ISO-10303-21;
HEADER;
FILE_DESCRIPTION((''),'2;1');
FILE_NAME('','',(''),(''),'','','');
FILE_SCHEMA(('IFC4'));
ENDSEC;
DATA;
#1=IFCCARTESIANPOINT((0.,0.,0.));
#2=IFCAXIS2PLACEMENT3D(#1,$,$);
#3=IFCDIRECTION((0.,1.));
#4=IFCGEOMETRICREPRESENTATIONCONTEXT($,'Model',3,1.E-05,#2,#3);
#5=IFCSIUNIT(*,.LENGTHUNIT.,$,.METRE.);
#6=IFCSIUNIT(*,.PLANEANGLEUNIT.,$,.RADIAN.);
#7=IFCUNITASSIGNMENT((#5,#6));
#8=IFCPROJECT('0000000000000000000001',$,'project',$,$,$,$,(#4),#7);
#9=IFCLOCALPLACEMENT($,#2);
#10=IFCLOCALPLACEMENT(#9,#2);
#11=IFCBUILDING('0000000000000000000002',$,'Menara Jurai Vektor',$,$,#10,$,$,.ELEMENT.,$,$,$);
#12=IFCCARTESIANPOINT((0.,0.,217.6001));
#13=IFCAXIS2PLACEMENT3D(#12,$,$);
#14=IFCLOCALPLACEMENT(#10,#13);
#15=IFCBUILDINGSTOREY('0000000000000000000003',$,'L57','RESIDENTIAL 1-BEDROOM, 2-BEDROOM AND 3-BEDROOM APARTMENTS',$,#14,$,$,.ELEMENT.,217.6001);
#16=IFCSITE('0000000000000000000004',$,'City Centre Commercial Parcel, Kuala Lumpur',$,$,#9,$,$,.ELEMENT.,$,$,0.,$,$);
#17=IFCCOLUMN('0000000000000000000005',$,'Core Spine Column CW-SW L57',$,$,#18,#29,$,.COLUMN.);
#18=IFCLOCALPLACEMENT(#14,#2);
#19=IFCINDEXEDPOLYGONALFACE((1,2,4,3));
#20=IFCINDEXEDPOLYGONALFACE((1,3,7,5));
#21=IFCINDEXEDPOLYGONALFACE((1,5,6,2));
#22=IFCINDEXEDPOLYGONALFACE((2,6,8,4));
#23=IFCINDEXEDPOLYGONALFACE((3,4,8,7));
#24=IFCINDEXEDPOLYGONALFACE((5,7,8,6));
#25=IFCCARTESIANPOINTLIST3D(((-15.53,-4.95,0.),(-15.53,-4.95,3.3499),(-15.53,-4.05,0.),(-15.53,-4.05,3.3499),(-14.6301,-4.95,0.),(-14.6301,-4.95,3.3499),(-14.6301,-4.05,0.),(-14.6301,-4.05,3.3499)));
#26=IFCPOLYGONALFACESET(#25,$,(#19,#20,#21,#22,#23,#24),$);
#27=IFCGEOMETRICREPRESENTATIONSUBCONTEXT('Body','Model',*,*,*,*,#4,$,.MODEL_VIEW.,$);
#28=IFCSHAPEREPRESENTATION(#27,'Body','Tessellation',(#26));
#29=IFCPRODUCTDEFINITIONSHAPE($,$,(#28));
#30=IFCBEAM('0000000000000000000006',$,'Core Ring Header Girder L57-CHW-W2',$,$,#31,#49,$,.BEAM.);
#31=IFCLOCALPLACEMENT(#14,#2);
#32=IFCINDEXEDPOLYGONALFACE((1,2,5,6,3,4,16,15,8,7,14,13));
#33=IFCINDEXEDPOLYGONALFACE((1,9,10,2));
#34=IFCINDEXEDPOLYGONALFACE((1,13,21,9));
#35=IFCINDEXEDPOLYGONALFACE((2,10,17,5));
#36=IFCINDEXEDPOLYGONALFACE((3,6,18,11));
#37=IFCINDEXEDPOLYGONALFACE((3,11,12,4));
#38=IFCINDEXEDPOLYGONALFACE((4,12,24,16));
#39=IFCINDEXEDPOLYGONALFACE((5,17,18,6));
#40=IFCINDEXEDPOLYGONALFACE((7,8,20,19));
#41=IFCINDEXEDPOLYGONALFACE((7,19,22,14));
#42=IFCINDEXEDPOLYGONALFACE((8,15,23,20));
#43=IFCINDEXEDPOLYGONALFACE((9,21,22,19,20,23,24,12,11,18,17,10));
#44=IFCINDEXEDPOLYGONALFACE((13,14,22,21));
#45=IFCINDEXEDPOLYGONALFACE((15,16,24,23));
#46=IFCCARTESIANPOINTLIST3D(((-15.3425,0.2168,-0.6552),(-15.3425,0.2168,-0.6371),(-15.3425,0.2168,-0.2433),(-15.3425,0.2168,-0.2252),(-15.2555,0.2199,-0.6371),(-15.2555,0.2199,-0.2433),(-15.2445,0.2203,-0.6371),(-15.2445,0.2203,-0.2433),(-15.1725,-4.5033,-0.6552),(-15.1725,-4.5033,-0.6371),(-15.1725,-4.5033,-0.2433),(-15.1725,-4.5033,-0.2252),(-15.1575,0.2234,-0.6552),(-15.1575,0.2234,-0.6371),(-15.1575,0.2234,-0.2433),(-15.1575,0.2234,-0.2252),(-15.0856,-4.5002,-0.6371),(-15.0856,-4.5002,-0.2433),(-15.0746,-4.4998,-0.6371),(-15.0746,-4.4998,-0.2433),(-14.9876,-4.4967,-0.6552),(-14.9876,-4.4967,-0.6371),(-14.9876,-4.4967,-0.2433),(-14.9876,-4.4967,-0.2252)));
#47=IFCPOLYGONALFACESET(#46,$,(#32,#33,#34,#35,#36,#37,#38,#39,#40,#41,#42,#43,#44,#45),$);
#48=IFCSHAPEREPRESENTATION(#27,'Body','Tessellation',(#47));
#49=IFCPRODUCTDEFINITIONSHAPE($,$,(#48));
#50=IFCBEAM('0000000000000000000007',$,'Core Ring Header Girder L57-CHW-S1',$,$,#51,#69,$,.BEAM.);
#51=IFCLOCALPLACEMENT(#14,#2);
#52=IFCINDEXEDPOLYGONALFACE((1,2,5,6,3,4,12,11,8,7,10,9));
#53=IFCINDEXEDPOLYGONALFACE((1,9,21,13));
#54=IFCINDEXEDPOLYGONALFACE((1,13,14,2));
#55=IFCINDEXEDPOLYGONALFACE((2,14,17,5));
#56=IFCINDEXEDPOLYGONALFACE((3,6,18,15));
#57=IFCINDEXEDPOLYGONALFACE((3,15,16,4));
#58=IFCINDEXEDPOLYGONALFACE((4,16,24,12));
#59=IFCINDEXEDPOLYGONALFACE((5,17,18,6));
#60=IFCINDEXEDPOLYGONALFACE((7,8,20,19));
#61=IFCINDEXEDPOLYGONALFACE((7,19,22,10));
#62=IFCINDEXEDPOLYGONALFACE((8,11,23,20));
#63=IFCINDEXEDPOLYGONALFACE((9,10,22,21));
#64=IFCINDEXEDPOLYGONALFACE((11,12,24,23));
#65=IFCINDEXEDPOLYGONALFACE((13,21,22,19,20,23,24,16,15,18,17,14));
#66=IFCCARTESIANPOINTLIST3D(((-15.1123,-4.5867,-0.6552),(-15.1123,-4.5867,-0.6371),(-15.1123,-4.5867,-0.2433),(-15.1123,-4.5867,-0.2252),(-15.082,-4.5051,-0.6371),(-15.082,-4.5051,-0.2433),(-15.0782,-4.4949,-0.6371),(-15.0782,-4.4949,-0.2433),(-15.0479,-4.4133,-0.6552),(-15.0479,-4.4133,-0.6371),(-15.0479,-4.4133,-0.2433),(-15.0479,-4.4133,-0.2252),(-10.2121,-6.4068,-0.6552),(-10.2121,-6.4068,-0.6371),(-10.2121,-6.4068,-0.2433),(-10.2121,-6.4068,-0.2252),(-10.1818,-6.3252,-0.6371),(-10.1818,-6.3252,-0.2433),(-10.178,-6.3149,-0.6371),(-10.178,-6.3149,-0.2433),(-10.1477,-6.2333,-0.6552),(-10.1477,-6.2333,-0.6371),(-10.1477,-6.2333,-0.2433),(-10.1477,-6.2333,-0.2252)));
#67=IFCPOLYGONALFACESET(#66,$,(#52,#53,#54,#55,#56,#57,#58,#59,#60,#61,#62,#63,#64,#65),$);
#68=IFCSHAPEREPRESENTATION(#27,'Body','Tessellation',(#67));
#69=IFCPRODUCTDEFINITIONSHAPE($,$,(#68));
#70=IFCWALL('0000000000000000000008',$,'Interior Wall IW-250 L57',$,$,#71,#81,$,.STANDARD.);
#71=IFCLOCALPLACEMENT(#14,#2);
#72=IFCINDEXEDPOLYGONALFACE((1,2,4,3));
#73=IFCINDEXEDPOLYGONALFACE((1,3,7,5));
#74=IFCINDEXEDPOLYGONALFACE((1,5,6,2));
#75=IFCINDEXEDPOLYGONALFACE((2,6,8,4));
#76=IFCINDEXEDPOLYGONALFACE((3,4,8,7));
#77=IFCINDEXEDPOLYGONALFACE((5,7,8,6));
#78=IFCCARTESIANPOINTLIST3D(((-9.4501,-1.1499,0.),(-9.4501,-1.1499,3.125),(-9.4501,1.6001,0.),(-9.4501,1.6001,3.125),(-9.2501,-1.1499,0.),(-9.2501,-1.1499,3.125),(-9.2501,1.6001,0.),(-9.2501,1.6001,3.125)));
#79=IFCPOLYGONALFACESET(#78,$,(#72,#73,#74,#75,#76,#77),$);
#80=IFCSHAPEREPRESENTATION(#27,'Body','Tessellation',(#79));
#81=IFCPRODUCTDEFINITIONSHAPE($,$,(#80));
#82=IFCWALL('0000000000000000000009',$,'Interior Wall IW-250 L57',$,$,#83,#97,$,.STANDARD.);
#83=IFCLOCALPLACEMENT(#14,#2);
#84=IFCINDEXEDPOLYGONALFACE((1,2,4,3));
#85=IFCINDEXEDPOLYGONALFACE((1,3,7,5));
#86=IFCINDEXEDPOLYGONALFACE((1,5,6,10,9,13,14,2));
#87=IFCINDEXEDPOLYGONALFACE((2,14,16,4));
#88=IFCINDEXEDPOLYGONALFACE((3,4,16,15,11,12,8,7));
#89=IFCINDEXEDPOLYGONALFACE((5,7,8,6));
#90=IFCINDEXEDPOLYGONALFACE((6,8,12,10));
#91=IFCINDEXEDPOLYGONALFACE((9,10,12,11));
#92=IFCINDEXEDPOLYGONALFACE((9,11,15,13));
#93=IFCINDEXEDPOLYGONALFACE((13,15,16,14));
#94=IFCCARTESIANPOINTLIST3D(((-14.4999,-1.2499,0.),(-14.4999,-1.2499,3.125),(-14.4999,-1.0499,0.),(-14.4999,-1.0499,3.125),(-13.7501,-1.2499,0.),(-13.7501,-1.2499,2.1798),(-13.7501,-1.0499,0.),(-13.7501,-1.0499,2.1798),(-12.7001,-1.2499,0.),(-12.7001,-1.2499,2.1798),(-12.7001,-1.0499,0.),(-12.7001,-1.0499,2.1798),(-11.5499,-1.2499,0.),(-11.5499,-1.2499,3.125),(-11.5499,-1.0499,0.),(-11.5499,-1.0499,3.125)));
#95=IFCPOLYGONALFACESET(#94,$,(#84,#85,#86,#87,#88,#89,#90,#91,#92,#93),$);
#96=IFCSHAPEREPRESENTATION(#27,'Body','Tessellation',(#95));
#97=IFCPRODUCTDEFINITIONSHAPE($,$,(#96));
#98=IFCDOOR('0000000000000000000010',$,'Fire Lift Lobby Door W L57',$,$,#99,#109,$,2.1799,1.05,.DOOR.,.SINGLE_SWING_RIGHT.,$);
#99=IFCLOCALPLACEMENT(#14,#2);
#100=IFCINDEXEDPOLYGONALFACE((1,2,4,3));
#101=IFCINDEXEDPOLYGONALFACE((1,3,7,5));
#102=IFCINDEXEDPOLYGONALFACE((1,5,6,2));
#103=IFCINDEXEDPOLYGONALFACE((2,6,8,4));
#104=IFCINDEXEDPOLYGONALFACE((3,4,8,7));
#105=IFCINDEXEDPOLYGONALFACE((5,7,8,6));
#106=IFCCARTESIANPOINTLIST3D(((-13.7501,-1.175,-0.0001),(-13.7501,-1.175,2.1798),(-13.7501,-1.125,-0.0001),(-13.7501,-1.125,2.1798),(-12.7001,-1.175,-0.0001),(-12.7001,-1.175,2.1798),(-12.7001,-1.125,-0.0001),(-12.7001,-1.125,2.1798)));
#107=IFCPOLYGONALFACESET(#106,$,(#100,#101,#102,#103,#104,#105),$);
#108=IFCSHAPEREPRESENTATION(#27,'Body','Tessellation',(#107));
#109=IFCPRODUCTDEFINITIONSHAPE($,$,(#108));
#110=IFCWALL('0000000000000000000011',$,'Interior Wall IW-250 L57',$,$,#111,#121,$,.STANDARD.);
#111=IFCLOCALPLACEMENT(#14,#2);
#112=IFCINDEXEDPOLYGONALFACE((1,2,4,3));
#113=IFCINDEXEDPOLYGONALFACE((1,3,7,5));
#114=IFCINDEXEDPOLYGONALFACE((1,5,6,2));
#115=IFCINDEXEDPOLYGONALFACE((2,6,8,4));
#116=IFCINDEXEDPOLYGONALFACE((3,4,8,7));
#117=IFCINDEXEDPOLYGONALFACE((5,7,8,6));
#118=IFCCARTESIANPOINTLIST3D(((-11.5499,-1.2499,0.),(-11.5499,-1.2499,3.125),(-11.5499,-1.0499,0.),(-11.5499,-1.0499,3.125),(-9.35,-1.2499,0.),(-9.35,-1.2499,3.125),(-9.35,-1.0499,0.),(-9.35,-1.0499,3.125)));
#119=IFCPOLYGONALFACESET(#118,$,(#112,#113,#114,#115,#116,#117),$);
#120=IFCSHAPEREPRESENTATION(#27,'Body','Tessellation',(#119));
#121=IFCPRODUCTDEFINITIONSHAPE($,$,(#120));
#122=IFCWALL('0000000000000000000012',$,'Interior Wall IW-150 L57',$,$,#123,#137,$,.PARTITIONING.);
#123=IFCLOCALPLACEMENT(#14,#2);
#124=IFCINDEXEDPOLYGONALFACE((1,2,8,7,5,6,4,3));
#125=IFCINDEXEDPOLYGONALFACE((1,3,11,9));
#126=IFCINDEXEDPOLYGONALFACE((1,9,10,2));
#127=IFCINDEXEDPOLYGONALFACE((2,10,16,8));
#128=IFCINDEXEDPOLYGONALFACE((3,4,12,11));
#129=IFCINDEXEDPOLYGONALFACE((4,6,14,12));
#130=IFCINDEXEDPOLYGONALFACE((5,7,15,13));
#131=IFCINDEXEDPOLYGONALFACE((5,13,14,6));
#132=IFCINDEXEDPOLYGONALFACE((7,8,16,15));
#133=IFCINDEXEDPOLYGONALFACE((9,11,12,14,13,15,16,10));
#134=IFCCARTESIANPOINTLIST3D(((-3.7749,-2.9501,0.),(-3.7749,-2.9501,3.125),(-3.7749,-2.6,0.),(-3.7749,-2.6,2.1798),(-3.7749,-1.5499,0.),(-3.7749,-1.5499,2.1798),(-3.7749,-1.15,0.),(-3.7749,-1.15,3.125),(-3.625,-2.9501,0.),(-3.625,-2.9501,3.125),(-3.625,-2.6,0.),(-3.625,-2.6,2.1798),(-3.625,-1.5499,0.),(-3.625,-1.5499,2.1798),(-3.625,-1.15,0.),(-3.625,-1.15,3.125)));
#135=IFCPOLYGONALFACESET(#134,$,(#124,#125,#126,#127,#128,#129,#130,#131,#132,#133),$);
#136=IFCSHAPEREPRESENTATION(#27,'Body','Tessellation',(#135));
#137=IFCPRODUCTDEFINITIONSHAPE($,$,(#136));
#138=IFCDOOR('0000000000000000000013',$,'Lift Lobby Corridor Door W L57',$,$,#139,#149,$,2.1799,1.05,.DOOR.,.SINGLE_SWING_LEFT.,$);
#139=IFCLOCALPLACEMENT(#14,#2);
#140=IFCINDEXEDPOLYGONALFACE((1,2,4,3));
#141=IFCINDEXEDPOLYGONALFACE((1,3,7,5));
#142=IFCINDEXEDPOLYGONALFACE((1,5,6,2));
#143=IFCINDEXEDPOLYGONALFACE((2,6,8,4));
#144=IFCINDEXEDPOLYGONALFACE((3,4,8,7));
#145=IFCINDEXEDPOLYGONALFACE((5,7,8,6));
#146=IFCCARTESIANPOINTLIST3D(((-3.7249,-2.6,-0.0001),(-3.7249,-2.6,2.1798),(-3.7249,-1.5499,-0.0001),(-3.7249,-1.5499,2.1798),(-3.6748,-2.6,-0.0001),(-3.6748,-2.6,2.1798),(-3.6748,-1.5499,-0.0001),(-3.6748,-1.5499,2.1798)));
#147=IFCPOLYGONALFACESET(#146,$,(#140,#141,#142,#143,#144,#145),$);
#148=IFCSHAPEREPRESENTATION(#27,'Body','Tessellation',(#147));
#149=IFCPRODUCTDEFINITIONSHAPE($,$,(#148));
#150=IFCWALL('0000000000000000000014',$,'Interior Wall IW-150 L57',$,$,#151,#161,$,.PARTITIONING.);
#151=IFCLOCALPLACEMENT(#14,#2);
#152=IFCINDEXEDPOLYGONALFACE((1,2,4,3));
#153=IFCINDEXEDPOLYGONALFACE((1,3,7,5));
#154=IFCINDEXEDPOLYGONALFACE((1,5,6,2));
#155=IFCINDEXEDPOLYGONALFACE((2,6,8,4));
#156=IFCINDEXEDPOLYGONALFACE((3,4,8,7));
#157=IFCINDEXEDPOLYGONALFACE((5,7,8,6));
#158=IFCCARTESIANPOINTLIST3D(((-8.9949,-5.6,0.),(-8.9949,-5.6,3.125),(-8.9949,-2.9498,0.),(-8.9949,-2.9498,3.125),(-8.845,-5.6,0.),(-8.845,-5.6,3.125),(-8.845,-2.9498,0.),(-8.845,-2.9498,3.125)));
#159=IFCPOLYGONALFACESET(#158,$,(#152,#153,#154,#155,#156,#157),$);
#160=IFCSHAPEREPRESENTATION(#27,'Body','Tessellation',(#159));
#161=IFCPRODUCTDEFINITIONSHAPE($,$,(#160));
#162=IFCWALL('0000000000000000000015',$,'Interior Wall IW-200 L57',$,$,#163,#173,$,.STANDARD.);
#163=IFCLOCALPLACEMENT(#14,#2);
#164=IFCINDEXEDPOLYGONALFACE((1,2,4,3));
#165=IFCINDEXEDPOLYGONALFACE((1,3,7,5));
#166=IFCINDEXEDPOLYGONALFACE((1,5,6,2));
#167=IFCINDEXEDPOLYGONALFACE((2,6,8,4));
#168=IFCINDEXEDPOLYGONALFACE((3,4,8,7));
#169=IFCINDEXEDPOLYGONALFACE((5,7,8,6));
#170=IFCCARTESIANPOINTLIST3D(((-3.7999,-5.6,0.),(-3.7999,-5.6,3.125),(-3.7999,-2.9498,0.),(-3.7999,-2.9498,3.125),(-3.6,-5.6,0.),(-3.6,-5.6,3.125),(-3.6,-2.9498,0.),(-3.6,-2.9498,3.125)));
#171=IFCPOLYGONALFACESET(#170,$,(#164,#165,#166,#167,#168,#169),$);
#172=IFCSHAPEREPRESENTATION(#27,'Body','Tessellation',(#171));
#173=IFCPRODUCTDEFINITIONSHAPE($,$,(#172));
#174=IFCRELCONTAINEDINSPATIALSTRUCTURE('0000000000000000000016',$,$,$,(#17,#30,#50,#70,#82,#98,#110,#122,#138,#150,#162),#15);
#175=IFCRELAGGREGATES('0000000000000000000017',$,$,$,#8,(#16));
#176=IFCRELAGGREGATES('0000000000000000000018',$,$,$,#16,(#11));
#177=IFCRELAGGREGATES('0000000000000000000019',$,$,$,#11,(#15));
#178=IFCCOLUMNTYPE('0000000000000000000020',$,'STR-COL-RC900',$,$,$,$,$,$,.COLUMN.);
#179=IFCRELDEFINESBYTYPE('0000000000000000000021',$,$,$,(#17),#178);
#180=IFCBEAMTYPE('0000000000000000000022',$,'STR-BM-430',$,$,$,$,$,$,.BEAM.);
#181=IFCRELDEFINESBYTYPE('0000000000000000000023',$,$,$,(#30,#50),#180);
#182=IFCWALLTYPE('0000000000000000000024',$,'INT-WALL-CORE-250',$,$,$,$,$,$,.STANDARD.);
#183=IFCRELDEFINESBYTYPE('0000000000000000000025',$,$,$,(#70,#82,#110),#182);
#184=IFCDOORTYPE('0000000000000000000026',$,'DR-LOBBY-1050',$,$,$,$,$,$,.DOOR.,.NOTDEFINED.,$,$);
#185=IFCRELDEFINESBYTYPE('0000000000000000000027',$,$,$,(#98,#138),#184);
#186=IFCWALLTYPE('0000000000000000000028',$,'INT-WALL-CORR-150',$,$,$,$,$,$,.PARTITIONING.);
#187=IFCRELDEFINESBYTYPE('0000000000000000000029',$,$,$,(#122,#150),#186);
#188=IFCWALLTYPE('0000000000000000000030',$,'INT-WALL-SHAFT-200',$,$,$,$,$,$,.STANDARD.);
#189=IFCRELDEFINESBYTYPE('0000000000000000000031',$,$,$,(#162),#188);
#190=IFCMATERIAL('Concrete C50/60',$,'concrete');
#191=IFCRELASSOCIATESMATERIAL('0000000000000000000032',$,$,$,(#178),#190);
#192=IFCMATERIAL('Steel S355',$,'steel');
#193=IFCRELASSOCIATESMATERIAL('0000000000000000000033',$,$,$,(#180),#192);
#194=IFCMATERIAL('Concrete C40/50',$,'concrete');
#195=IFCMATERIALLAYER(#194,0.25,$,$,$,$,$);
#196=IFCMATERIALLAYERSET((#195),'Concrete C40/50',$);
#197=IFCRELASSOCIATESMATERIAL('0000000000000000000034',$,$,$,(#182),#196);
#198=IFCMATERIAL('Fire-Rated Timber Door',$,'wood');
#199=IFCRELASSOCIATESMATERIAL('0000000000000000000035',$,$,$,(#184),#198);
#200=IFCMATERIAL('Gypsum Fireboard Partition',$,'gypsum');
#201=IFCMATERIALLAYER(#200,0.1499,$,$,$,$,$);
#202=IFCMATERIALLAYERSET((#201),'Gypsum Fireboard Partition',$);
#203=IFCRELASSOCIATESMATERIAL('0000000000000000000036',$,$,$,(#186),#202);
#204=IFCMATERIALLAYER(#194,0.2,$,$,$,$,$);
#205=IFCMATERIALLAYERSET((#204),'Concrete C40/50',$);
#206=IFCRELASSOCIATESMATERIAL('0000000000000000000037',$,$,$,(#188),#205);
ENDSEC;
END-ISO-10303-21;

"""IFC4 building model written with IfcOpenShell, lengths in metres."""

from ifc_helpers import new_model, si_unit, direction, frame, frame_2d, origin, origin_2d, place, context, subcontext, project, spatial, rectangle, i_section, extrude, material, layer, layer_set, material_profile, profile_set, type_object, element, fill, save


model = new_model("IFC4")

# Units and contexts
model_context = context("Model", 3, precision=1e-05, world=origin(), true_north=direction((0.0, 1.0)))
body_context = subcontext(model_context, "Body", "Model", "MODEL_VIEW")
ifc_project = project(units=[si_unit("LENGTHUNIT", "METRE"), si_unit("PLANEANGLEUNIT", "RADIAN")], contexts=[model_context])

# Site, building, storey
site_placement = place(None, origin())
site = spatial("IfcSite", under=ifc_project, at=site_placement, Name="City Centre Commercial Parcel, Kuala Lumpur", CompositionType="ELEMENT", RefElevation=0.0)
building_placement = place(site_placement, origin())
building = spatial("IfcBuilding", under=site, at=building_placement, Name="Menara Jurai Vektor", CompositionType="ELEMENT")
storey_placement = place(building_placement, frame((0.0, 0.0, 217.6001)))
storey = spatial("IfcBuildingStorey", under=building, at=storey_placement, Name="L57", Description="RESIDENTIAL 1-BEDROOM, 2-BEDROOM AND 3-BEDROOM APARTMENTS", CompositionType="ELEMENT", Elevation=217.6001)

# Column
ifc_material_1 = material(Name="Concrete C50/60", Category="concrete")
ifc_material_profile_1 = material_profile(ifc_material_1, rectangle(XDim=0.8999, YDim=0.8999, at=origin_2d()), Name="RC 900x900")
ifc_profile_set_1 = profile_set([ifc_material_profile_1], Name="Concrete C50/60")
column_type = type_object("IfcColumnType", Name="STR-COL-RC900", PredefinedType="COLUMN", material=ifc_profile_set_1)
column_placement = place(storey_placement, frame((-15.0801, -4.5, 0.0), z_axis=(0.0, 0.0, 1.0), x_axis=(1.0, 0.0, 0.0)))
element("IfcColumn", 1, at=column_placement, inside=storey, type_object=column_type, Name="Core Spine Column CW-SW L57", PredefinedType="COLUMN", context=body_context, shape_type="SweptSolid", body=[
    extrude(rectangle(XDim=0.8999, YDim=0.8999, at=origin_2d()), origin(), (0.0, 0.0, 1.0), 3.3499),
])

# Beams
ifc_material_2 = material(Name="Steel S355", Category="steel")
ifc_material_profile_2 = material_profile(ifc_material_2, i_section(OverallWidth=0.1851, OverallDepth=0.4299, WebThickness=0.011, FlangeThickness=0.0181, at=origin_2d()), Name="PG 430x185x76")
ifc_profile_set_2 = profile_set([ifc_material_profile_2], Name="Steel S355")
beam_type = type_object("IfcBeamType", Name="STR-BM-430", PredefinedType="BEAM", material=ifc_profile_set_2)
beam_1_placement = place(storey_placement, frame((-15.0801, -4.5, -0.4402), z_axis=(-0.035977, 0.999353, 0.0), x_axis=(-0.999353, -0.035977, 0.0)))
element("IfcBeam", 2, at=beam_1_placement, inside=storey, type_object=beam_type, Name="Core Ring Header Girder L57-CHW-W2", PredefinedType="BEAM", context=body_context, shape_type="SweptSolid", body=[
    extrude(i_section(OverallWidth=0.1851, OverallDepth=0.4299, WebThickness=0.011, FlangeThickness=0.0181, at=origin_2d()), origin(), (0.0, 0.0, 1.0), 4.7231),
])
beam_2_placement = place(storey_placement, frame((-15.0801, -4.5, -0.4402), z_axis=(0.937424, -0.348189, 0.0), x_axis=(0.348189, 0.937424, 0.0)))
element("IfcBeam", 3, at=beam_2_placement, inside=storey, type_object=beam_type, Name="Core Ring Header Girder L57-CHW-S1", PredefinedType="BEAM", context=body_context, shape_type="SweptSolid", body=[
    extrude(i_section(OverallWidth=0.1851, OverallDepth=0.4299, WebThickness=0.011, FlangeThickness=0.0181, at=origin_2d()), origin(), (0.0, 0.0, 1.0), 5.2273),
])

# Shared definitions
ifc_material_3 = material(Name="Concrete C40/50", Category="concrete")
ifc_layer_1 = layer(ifc_material_3, 0.25)
ifc_layer_set_1 = layer_set([ifc_layer_1], Name="Concrete C40/50")
wall_type_1 = type_object("IfcWallType", Name="INT-WALL-CORE-250", PredefinedType="STANDARD", material=ifc_layer_set_1)

# Wall
wall_1_placement = place(storey_placement, frame((-9.3501, -1.1499, 0.0), z_axis=(0.0, 0.0, 1.0), x_axis=(0.0, 1.0, 0.0)))
element("IfcWall", 4, at=wall_1_placement, inside=storey, type_object=wall_type_1, Name="Interior Wall IW-250 L57", PredefinedType="STANDARD", context=body_context, shape_type="SweptSolid", body=[
    extrude(rectangle(XDim=2.75, YDim=0.2, at=frame_2d((1.375, 0.0))), origin(), (0.0, 0.0, 1.0), 3.125),
])

# Wall, opening, door
wall_2_placement = place(storey_placement, frame((-14.5, -1.1499, 0.0), z_axis=(0.0, 0.0, 1.0), x_axis=(1.0, 0.0, 0.0)))
wall_2 = element("IfcWall", 5, at=wall_2_placement, inside=storey, type_object=wall_type_1, Name="Interior Wall IW-250 L57", PredefinedType="STANDARD", context=body_context, shape_type="SweptSolid", body=[
    extrude(rectangle(XDim=2.95, YDim=0.2, at=frame_2d((1.4751, 0.0))), origin(), (0.0, 0.0, 1.0), 3.125),
])
opening_1_placement = place(wall_2_placement, frame((0.75, 0.0, 0.0)))
opening_1 = element("IfcOpeningElement", 6, at=opening_1_placement, cuts=wall_2, PredefinedType="OPENING", context=body_context, shape_type="SweptSolid", body=[
    extrude(rectangle(XDim=1.05, YDim=2.1799, at=frame_2d((0.5249, 1.0898))), frame((0.0, 0.1099, 0.0), z_axis=(0.0, -1.0, 0.0), x_axis=(1.0, 0.0, 0.0)), (0.0, 0.0, 1.0), 0.22),
])
ifc_material_4 = material(Name="Fire-Rated Timber Door", Category="wood")
door_type_1 = type_object("IfcDoorType", Name="DR-LOBBY-1050", OperationType="NOTDEFINED", PredefinedType="DOOR", material=ifc_material_4)
door_1_placement = place(opening_1_placement, origin())
door_1 = element("IfcDoor", 7, at=door_1_placement, inside=storey, type_object=door_type_1, Name="Fire Lift Lobby Door W L57", OperationType="SINGLE_SWING_RIGHT", OverallHeight=2.1799, OverallWidth=1.05, PredefinedType="DOOR", context=body_context, shape_type="SweptSolid", body=[
    extrude(rectangle(XDim=1.05, YDim=2.1799, at=frame_2d((0.5249, 1.0898))), frame((0.0, 0.0249, 0.0), z_axis=(0.0, -1.0, 0.0), x_axis=(1.0, 0.0, 0.0)), (0.0, 0.0, 1.0), 0.05),
])
fill(opening_1, door_1)

# Wall
wall_3_placement = place(storey_placement, frame((-11.55, -1.1499, 0.0), z_axis=(0.0, 0.0, 1.0), x_axis=(1.0, 0.0, 0.0)))
element("IfcWall", 8, at=wall_3_placement, inside=storey, type_object=wall_type_1, Name="Interior Wall IW-250 L57", PredefinedType="STANDARD", context=body_context, shape_type="SweptSolid", body=[
    extrude(rectangle(XDim=2.2, YDim=0.2, at=frame_2d((1.1001, 0.0))), origin(), (0.0, 0.0, 1.0), 3.125),
])

# Wall, opening, door
ifc_material_5 = material(Name="Gypsum Fireboard Partition", Category="gypsum")
ifc_layer_2 = layer(ifc_material_5, 0.1499)
ifc_layer_set_2 = layer_set([ifc_layer_2], Name="Gypsum Fireboard Partition")
wall_type_2 = type_object("IfcWallType", Name="INT-WALL-CORR-150", PredefinedType="PARTITIONING", material=ifc_layer_set_2)
wall_4_placement = place(storey_placement, frame((-3.7, -2.95, 0.0), z_axis=(0.0, 0.0, 1.0), x_axis=(0.0, 1.0, 0.0)))
wall_4 = element("IfcWall", 9, at=wall_4_placement, inside=storey, type_object=wall_type_2, Name="Interior Wall IW-150 L57", PredefinedType="PARTITIONING", context=body_context, shape_type="SweptSolid", body=[
    extrude(rectangle(XDim=1.8, YDim=0.1499, at=frame_2d((0.8999, 0.0))), origin(), (0.0, 0.0, 1.0), 3.125),
])
opening_2_placement = place(wall_4_placement, frame((0.3501, 0.0, 0.0)))
opening_2 = element("IfcOpeningElement", 10, at=opening_2_placement, cuts=wall_4, PredefinedType="OPENING", context=body_context, shape_type="SweptSolid", body=[
    extrude(rectangle(XDim=1.05, YDim=2.1799, at=frame_2d((0.5249, 1.0898))), frame((0.0, 0.085, 0.0), z_axis=(0.0, -1.0, 0.0), x_axis=(1.0, 0.0, 0.0)), (0.0, 0.0, 1.0), 0.1699),
])
door_2_placement = place(opening_2_placement, origin())
door_2 = element("IfcDoor", 11, at=door_2_placement, inside=storey, type_object=door_type_1, Name="Lift Lobby Corridor Door W L57", OperationType="SINGLE_SWING_LEFT", OverallHeight=2.1799, OverallWidth=1.05, PredefinedType="DOOR", context=body_context, shape_type="SweptSolid", body=[
    extrude(rectangle(XDim=1.05, YDim=2.1799, at=frame_2d((0.5249, 1.0898))), frame((0.0, 0.0249, 0.0), z_axis=(0.0, -1.0, 0.0), x_axis=(1.0, 0.0, 0.0)), (0.0, 0.0, 1.0), 0.05),
])
fill(opening_2, door_2)

# Walls
wall_5_placement = place(storey_placement, frame((-8.9199, -5.6001, 0.0), z_axis=(0.0, 0.0, 1.0), x_axis=(0.0, 1.0, 0.0)))
element("IfcWall", 12, at=wall_5_placement, inside=storey, type_object=wall_type_2, Name="Interior Wall IW-150 L57", PredefinedType="PARTITIONING", context=body_context, shape_type="SweptSolid", body=[
    extrude(rectangle(XDim=2.6501, YDim=0.1499, at=frame_2d((1.3252, 0.0))), origin(), (0.0, 0.0, 1.0), 3.125),
])
ifc_layer_3 = layer(ifc_material_3, 0.2)
ifc_layer_set_3 = layer_set([ifc_layer_3], Name="Concrete C40/50")
wall_type_3 = type_object("IfcWallType", Name="INT-WALL-SHAFT-200", PredefinedType="STANDARD", material=ifc_layer_set_3)
wall_6_placement = place(storey_placement, frame((-3.7, -5.6001, 0.0), z_axis=(0.0, 0.0, 1.0), x_axis=(0.0, 1.0, 0.0)))
element("IfcWall", 13, at=wall_6_placement, inside=storey, type_object=wall_type_3, Name="Interior Wall IW-200 L57", PredefinedType="STANDARD", context=body_context, shape_type="SweptSolid", body=[
    extrude(rectangle(XDim=2.6501, YDim=0.2, at=frame_2d((1.3252, 0.0))), origin(), (0.0, 0.0, 1.0), 3.125),
])

save(model, "model.ifc")
